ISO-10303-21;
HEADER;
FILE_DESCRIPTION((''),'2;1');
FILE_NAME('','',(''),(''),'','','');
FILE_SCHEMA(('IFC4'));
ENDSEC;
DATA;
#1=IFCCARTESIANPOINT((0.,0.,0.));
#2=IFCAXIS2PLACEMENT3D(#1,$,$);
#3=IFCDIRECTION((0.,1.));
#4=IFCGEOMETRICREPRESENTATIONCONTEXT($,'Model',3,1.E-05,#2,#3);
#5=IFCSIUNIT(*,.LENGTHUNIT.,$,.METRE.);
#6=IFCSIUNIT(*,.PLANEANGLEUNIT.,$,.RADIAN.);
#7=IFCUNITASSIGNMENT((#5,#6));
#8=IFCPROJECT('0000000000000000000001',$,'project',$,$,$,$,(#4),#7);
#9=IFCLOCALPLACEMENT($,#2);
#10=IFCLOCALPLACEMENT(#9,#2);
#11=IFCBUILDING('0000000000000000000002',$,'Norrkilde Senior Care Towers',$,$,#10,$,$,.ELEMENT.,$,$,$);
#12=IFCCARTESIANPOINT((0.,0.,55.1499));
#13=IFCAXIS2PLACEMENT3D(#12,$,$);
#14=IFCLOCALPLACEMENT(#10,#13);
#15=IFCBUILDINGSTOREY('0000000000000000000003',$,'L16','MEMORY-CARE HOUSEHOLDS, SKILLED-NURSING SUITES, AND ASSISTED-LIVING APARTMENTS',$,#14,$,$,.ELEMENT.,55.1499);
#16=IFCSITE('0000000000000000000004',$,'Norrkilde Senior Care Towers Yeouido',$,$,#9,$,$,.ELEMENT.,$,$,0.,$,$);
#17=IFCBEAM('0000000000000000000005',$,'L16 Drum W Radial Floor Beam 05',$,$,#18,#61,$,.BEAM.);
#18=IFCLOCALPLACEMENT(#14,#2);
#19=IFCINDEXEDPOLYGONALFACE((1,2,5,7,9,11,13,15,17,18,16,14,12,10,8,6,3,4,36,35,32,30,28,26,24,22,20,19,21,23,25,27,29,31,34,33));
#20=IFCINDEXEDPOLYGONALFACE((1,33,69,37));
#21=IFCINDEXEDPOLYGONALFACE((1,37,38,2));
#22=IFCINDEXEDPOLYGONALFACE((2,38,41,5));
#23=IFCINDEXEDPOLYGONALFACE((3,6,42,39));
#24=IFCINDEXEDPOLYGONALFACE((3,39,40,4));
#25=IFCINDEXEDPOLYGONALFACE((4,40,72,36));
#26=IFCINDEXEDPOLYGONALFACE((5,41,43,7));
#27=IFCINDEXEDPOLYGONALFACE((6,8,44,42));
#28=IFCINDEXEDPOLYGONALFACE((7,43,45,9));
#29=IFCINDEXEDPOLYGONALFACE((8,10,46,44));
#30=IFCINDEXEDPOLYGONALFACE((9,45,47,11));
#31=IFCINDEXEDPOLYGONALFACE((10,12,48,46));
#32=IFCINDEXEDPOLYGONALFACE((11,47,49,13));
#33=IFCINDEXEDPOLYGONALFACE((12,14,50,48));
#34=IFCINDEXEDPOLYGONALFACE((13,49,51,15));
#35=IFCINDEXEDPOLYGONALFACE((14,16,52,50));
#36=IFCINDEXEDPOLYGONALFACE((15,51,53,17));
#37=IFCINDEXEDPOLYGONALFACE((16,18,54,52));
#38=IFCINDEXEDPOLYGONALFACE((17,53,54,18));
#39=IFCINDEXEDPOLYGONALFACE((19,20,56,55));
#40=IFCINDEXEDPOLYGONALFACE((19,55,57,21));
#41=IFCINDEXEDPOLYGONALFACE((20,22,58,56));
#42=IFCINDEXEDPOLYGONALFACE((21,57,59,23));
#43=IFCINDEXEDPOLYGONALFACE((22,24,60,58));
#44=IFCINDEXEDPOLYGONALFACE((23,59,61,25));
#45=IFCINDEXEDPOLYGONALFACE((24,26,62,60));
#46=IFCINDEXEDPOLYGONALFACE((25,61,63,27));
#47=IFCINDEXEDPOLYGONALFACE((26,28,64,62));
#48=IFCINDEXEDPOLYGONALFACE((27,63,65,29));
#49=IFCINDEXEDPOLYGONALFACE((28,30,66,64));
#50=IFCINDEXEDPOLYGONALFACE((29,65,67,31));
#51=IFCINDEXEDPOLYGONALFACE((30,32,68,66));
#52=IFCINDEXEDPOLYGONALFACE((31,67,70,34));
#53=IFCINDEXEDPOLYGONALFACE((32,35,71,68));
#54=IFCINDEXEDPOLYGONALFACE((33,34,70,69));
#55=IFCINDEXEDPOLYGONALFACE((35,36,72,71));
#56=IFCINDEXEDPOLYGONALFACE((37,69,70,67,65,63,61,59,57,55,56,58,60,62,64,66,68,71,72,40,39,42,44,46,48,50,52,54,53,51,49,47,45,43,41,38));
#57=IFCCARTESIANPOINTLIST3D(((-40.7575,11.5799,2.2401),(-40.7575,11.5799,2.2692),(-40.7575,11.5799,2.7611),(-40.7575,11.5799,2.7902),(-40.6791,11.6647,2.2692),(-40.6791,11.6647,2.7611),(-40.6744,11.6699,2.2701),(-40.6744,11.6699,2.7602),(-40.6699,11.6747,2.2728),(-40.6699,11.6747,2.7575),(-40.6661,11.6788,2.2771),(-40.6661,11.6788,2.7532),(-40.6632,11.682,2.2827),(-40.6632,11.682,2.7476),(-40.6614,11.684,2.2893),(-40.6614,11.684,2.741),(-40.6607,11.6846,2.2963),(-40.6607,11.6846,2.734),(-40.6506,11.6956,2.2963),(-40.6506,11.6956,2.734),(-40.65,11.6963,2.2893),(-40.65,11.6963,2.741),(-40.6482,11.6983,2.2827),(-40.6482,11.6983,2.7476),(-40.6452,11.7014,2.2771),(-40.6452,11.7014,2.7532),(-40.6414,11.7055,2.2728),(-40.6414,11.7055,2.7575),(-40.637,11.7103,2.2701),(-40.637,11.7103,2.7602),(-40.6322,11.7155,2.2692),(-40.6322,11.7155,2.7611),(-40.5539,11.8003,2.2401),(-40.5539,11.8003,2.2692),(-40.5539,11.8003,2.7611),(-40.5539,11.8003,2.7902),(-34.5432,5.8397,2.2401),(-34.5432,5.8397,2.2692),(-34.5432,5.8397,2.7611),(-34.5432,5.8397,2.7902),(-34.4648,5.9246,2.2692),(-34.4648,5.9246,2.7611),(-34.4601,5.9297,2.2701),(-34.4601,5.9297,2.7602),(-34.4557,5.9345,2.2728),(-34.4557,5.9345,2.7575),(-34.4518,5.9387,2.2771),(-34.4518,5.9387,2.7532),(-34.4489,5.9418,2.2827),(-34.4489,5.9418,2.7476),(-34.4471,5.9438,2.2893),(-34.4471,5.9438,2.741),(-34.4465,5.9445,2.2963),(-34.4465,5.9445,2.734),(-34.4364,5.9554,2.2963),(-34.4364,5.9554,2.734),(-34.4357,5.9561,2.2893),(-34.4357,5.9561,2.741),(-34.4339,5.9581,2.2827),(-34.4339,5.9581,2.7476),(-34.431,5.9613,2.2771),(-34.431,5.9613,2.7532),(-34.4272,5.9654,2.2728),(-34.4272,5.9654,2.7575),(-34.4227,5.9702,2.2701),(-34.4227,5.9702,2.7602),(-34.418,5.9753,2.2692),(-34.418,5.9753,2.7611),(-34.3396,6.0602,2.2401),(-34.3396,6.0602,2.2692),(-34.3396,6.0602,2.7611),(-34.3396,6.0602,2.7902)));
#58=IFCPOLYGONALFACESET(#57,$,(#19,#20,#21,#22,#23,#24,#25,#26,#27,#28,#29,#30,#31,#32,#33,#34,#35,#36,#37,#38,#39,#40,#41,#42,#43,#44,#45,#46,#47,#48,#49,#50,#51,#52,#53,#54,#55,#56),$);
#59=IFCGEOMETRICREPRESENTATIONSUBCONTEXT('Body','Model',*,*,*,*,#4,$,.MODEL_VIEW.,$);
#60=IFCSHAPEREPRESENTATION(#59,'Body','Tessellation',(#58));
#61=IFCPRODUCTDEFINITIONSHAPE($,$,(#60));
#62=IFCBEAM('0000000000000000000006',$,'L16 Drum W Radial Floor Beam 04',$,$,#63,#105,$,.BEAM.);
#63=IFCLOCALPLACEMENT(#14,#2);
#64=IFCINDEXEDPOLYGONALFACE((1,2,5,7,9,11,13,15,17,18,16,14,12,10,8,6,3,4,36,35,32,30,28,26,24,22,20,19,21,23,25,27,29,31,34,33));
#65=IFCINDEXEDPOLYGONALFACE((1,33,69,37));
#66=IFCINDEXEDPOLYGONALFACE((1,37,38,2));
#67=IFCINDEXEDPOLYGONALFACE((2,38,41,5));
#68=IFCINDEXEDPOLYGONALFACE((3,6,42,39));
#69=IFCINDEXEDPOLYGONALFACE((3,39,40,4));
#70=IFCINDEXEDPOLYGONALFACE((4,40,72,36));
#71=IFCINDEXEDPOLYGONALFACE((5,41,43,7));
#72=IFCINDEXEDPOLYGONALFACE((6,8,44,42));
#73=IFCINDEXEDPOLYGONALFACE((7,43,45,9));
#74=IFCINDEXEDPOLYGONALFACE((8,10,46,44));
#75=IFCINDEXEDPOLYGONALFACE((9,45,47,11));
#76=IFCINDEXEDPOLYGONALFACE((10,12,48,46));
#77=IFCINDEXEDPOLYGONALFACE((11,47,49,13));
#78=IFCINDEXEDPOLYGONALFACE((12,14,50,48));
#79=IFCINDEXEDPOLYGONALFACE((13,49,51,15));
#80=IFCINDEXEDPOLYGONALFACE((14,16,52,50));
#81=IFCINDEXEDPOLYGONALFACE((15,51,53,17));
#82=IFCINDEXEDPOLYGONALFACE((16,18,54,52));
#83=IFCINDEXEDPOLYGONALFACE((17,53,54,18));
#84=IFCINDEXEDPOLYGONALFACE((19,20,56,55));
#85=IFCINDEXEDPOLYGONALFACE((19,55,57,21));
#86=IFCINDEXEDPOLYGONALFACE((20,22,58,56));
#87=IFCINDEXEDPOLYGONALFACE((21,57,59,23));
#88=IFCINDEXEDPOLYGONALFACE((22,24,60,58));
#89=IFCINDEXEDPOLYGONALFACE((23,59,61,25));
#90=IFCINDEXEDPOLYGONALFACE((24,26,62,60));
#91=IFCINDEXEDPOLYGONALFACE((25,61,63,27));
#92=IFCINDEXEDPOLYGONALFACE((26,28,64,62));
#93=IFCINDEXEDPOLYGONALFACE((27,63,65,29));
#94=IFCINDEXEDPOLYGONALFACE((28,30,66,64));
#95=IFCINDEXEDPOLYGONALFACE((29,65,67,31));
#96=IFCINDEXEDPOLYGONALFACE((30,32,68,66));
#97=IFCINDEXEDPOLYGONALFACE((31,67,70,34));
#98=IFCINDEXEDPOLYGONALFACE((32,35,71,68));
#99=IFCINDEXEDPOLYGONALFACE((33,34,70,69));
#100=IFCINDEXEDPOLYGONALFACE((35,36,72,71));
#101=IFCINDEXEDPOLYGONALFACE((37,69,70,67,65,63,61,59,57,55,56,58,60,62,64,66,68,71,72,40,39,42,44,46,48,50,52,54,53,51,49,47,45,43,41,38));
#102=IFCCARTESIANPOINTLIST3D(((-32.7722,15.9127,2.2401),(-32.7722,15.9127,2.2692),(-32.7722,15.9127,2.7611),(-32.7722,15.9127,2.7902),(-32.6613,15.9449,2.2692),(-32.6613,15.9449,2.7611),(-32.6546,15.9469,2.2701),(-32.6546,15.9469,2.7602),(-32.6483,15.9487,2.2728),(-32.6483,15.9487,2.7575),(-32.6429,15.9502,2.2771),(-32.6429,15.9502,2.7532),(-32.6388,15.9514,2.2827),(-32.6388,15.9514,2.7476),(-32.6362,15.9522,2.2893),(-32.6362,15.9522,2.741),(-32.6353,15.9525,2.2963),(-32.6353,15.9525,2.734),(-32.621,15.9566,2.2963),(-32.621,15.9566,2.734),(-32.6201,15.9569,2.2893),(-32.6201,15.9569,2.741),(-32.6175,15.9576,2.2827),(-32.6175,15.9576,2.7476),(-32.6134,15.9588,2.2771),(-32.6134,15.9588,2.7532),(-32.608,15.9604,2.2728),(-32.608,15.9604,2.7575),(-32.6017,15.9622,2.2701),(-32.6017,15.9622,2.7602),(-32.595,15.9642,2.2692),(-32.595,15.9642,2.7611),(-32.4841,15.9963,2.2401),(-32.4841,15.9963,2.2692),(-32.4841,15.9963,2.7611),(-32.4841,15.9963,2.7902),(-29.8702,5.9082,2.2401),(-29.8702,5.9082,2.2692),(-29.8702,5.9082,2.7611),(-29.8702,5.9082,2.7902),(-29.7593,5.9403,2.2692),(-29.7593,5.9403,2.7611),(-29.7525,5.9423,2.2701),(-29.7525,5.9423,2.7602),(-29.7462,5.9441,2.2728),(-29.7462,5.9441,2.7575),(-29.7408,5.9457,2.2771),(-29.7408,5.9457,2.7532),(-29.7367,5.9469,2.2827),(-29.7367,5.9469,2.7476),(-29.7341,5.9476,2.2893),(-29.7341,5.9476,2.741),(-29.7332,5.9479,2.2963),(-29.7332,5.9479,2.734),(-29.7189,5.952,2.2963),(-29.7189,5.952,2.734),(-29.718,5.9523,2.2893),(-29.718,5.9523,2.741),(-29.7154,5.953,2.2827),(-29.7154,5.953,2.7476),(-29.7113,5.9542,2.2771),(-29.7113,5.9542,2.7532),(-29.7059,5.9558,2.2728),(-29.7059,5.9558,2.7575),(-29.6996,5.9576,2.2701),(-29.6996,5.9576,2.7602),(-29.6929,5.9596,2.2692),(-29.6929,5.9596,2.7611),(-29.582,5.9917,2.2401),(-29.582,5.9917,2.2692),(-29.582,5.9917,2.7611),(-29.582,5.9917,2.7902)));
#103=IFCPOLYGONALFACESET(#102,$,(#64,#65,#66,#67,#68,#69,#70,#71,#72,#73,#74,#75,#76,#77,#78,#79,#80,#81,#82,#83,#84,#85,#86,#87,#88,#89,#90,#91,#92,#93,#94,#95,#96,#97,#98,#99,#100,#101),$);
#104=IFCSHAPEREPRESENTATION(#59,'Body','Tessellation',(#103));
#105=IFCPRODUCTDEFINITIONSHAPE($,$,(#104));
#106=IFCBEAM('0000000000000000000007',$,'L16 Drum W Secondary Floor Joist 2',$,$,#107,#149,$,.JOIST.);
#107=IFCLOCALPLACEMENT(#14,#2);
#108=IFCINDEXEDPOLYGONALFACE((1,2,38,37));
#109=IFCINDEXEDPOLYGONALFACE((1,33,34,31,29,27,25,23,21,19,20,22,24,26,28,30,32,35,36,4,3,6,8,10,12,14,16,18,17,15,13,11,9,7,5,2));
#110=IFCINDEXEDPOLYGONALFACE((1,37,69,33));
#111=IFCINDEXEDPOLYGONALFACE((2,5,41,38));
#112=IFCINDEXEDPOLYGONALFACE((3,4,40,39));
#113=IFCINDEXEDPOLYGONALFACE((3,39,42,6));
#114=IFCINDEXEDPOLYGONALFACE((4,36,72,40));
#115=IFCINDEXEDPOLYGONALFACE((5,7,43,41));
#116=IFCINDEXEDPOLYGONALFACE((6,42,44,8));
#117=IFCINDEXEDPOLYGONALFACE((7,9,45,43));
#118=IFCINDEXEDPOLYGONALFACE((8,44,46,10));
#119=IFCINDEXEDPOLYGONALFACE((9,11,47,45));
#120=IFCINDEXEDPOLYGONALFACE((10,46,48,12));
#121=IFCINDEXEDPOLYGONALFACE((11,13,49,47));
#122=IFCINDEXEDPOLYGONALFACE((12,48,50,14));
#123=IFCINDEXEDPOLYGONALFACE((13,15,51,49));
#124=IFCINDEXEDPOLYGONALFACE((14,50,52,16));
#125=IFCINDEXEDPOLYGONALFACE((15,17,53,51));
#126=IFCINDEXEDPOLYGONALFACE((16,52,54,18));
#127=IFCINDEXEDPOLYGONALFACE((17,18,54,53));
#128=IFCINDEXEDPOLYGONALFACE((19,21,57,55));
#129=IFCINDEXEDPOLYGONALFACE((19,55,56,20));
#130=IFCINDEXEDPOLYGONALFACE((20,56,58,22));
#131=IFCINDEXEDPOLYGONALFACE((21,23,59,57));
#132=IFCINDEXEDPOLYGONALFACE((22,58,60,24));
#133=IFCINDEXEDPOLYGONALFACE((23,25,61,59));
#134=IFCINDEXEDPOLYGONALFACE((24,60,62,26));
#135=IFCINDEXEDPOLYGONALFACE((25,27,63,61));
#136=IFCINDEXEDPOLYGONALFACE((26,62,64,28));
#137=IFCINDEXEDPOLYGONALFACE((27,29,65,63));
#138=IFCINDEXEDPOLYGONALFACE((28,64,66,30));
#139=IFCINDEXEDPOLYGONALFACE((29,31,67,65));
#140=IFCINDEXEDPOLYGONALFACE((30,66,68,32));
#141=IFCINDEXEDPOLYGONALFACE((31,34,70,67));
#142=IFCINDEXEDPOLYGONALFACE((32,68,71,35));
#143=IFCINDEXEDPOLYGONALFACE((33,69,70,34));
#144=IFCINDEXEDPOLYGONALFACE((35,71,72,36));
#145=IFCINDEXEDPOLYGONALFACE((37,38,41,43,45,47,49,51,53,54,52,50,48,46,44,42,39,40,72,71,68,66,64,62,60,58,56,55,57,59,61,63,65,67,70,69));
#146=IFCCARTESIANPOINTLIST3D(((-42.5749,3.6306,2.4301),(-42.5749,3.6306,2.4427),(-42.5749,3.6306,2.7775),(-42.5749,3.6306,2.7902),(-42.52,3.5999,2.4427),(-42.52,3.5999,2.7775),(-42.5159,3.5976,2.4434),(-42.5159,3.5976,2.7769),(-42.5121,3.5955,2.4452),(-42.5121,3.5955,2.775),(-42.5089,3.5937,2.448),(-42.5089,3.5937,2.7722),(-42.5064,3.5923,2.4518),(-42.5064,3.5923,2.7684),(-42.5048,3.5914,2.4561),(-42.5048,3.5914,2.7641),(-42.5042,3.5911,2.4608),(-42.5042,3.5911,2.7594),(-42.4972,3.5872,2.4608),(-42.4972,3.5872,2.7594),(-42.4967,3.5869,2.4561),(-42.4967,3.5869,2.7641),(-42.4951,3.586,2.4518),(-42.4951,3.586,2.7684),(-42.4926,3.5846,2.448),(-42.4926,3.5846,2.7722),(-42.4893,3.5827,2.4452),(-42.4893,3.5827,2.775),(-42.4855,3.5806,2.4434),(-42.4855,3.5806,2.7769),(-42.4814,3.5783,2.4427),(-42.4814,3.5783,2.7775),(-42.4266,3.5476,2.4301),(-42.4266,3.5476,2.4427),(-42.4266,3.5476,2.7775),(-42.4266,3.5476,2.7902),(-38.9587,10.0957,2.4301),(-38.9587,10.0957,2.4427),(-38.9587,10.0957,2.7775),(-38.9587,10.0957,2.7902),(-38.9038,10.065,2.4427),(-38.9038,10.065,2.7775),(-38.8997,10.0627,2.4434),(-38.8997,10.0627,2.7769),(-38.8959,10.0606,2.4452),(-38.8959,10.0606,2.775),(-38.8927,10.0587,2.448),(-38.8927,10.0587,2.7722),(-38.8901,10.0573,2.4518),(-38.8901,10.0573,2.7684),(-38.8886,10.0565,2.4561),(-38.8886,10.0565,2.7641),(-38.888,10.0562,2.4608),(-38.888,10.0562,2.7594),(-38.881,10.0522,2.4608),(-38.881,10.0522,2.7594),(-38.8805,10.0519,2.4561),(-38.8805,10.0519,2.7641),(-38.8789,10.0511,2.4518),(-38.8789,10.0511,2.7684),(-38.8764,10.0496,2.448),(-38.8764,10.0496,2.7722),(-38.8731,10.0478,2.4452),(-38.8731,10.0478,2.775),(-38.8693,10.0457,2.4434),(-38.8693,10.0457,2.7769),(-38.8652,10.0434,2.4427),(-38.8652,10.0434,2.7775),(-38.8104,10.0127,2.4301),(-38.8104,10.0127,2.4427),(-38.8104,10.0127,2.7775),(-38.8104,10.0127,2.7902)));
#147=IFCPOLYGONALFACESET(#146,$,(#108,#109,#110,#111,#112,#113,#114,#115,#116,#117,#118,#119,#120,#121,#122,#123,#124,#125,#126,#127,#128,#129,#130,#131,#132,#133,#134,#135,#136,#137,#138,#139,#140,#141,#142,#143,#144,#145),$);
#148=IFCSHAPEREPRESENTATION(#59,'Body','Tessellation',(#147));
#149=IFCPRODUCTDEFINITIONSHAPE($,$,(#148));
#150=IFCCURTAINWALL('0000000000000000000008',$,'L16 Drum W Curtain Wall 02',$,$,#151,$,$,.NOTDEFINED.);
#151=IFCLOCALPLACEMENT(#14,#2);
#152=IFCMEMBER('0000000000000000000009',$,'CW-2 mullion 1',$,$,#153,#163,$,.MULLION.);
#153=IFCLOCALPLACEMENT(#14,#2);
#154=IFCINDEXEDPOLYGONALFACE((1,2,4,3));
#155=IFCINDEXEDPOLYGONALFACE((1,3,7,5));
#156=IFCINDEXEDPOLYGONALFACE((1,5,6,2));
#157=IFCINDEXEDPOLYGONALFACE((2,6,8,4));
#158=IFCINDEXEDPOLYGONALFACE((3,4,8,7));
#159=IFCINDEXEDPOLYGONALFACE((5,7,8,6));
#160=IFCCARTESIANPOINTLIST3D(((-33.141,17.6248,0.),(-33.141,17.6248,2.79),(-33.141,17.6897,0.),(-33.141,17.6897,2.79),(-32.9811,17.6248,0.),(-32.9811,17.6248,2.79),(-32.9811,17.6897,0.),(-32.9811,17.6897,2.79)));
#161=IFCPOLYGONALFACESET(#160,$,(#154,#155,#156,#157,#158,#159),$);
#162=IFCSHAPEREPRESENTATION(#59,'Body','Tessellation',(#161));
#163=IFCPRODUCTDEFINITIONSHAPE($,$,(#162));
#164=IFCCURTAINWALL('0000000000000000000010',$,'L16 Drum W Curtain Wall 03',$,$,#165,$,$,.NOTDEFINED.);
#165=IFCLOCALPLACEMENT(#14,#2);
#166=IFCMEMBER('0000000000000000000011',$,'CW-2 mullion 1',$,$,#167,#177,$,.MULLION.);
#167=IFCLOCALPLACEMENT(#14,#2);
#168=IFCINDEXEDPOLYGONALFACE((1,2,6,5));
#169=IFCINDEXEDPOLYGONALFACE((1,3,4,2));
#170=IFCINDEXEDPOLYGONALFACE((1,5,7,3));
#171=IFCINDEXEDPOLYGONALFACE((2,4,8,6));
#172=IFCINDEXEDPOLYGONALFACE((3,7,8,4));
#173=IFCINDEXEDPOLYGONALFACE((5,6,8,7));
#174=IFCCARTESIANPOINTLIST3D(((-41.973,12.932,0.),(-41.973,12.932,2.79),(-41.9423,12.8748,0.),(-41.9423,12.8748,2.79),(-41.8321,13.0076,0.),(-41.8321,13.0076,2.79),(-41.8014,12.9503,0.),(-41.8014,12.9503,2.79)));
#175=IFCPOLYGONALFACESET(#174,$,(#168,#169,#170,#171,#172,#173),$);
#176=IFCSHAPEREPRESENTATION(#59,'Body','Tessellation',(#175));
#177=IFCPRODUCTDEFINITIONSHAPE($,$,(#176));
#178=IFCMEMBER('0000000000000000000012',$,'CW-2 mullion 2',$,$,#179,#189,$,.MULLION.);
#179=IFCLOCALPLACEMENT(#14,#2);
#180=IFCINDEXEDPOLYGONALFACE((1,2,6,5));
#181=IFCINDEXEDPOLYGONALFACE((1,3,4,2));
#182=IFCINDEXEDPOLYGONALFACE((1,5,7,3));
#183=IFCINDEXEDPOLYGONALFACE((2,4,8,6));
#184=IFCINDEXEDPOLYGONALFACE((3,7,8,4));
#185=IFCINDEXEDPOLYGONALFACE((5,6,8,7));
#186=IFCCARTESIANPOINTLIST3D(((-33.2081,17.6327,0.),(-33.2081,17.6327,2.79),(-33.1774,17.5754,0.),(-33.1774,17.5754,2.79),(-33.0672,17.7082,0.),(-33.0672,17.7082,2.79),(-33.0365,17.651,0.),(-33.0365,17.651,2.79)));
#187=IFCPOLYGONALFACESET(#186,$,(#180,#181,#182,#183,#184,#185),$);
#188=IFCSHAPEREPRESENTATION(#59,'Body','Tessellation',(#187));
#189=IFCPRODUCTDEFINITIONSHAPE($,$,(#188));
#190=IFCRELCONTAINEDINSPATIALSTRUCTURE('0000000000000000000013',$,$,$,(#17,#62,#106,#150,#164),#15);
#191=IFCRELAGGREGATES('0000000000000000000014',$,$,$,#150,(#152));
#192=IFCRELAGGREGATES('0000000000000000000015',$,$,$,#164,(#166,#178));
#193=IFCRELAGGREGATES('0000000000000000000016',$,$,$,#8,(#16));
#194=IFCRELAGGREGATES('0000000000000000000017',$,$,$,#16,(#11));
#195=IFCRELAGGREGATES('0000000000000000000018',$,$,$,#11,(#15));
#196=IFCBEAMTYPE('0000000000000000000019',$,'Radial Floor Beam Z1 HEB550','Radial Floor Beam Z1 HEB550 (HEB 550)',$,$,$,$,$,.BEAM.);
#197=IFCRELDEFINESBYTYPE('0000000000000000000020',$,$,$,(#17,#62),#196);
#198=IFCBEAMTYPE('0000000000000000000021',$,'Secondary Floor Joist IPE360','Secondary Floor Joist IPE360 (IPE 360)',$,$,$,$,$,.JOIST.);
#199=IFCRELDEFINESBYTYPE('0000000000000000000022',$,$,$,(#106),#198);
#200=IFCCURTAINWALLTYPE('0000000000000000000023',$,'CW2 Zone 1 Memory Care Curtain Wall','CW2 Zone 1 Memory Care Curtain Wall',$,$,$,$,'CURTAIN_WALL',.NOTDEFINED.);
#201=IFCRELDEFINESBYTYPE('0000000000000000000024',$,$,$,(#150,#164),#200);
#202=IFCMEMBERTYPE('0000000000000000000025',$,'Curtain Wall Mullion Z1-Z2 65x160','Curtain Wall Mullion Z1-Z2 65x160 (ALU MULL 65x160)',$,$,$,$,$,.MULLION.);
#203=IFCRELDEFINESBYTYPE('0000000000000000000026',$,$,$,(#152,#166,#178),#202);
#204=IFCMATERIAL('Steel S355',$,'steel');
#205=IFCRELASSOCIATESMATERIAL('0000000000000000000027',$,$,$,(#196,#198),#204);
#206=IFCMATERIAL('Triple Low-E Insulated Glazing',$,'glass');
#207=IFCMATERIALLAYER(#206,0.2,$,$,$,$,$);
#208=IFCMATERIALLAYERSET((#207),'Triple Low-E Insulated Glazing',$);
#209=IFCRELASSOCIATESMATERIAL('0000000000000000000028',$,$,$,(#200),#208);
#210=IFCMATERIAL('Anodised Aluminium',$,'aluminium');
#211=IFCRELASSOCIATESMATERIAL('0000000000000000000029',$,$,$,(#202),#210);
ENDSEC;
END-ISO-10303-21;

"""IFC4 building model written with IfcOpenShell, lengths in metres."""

from ifc_helpers import new_model, si_unit, direction, frame, origin, origin_2d, place, context, subcontext, project, spatial, rectangle, i_section, extrude, source, transform, mapped, material, layer, layer_set, material_profile, profile_set, type_object, type_shapes, element, aggregate, save


model = new_model("IFC4")

# Units and contexts
model_context = context("Model", 3, precision=1e-05, world=origin(), true_north=direction((0.0, 1.0)))
body_context = subcontext(model_context, "Body", "Model", "MODEL_VIEW")
ifc_project = project(units=[si_unit("LENGTHUNIT", "METRE"), si_unit("PLANEANGLEUNIT", "RADIAN")], contexts=[model_context])

# Site, building, storey
site_placement = place(None, origin())
site = spatial("IfcSite", under=ifc_project, at=site_placement, Name="Norrkilde Senior Care Towers Yeouido", CompositionType="ELEMENT", RefElevation=0.0)
building_placement = place(site_placement, origin())
building = spatial("IfcBuilding", under=site, at=building_placement, Name="Norrkilde Senior Care Towers", CompositionType="ELEMENT")
storey_placement = place(building_placement, frame((0.0, 0.0, 55.1499)))
storey = spatial("IfcBuildingStorey", under=building, at=storey_placement, Name="L16", Description="MEMORY-CARE HOUSEHOLDS, SKILLED-NURSING SUITES, AND ASSISTED-LIVING APARTMENTS", CompositionType="ELEMENT", Elevation=55.1499)

# Beams
ifc_material_1 = material(Name="Steel S355", Category="steel")
ifc_material_profile_1 = material_profile(ifc_material_1, i_section(OverallWidth=0.3, OverallDepth=0.55, WebThickness=0.0149, FlangeThickness=0.0291, FilletRadius=0.0271, at=origin_2d()), Name="HEB 550")
ifc_profile_set_1 = profile_set([ifc_material_profile_1], Name="Steel S355")
beam_type_1 = type_object("IfcBeamType", Name="Radial Floor Beam Z1 HEB550", Description="Radial Floor Beam Z1 HEB550 (HEB 550)", PredefinedType="BEAM", material=ifc_profile_set_1)
shared_shape_1 = source(origin(), body_context, "Body", "SweptSolid", [
    extrude(i_section(OverallWidth=0.3, OverallDepth=0.55, WebThickness=0.0149, FlangeThickness=0.0291, FilletRadius=0.0271, at=origin_2d()), origin(), (0.0, 0.0, 1.0), 8.4597),
])
beam_1_placement = place(storey_placement, frame((-34.4414, 5.95, 2.5151), z_axis=(-0.734573, 0.678529, 0.0), x_axis=(-0.678529, -0.734573, 0.0)))
element("IfcBeam", 1, at=beam_1_placement, inside=storey, type_object=beam_type_1, Name="L16 Drum W Radial Floor Beam 05", PredefinedType="BEAM", context=body_context, shape_type="MappedRepresentation", body=[
    mapped(shared_shape_1, transform((0.0, 0.0, 0.0), x_axis=(1.0, 0.0, 0.0), y_axis=(0.0, 1.0, 0.0), z_axis=(0.0, 0.0, 1.0), scale=1.0)),
])
shared_shape_2 = source(origin(), body_context, "Body", "SweptSolid", [
    extrude(i_section(OverallWidth=0.3, OverallDepth=0.55, WebThickness=0.0149, FlangeThickness=0.0291, FilletRadius=0.0271, at=origin_2d()), origin(), (0.0, 0.0, 1.0), 10.417),
])
type_shapes(beam_type_1, [shared_shape_1, shared_shape_2])
beam_2_placement = place(storey_placement, frame((-29.7261, 5.95, 2.5151), z_axis=(-0.278591, 0.96041, 0.0), x_axis=(-0.96041, -0.278591, 0.0)))
element("IfcBeam", 2, at=beam_2_placement, inside=storey, type_object=beam_type_1, Name="L16 Drum W Radial Floor Beam 04", PredefinedType="BEAM", context=body_context, shape_type="MappedRepresentation", body=[
    mapped(shared_shape_2, transform((0.0, 0.0, 0.0), x_axis=(1.0, 0.0, 0.0), y_axis=(0.0, 1.0, 0.0), z_axis=(0.0, 0.0, 1.0), scale=1.0)),
])
ifc_material_profile_2 = material_profile(ifc_material_1, i_section(OverallWidth=0.1699, OverallDepth=0.3601, WebThickness=0.0081, FlangeThickness=0.0127, FilletRadius=0.0181, at=origin_2d()), Name="IPE 360")
ifc_profile_set_2 = profile_set([ifc_material_profile_2], Name="Steel S355")
beam_type_2 = type_object("IfcBeamType", Name="Secondary Floor Joist IPE360", Description="Secondary Floor Joist IPE360 (IPE 360)", PredefinedType="JOIST", material=ifc_profile_set_2)
shared_shape_3 = source(origin(), body_context, "Body", "SweptSolid", [
    extrude(i_section(OverallWidth=0.1699, OverallDepth=0.3601, WebThickness=0.0081, FlangeThickness=0.0127, FilletRadius=0.0181, at=origin_2d()), origin(), (0.0, 0.0, 1.0), 7.4077),
])
type_shapes(beam_type_2, [shared_shape_3])
beam_3_placement = place(storey_placement, frame((-38.8845, 10.0542, 2.6101), z_axis=(-0.488168, -0.87275, 0.0), x_axis=(0.87275, -0.488168, 0.0)))
element("IfcBeam", 3, at=beam_3_placement, inside=storey, type_object=beam_type_2, Name="L16 Drum W Secondary Floor Joist 2", PredefinedType="JOIST", context=body_context, shape_type="MappedRepresentation", body=[
    mapped(shared_shape_3, transform((0.0, 0.0, 0.0), x_axis=(1.0, 0.0, 0.0), y_axis=(0.0, 1.0, 0.0), z_axis=(0.0, 0.0, 1.0), scale=1.0)),
])

# Curtain wall, member
ifc_material_2 = material(Name="Triple Low-E Insulated Glazing", Category="glass")
ifc_layer_1 = layer(ifc_material_2, 0.2)
ifc_layer_set_1 = layer_set([ifc_layer_1], Name="Triple Low-E Insulated Glazing")
curtain_wall_type = type_object("IfcCurtainWallType", Name="CW2 Zone 1 Memory Care Curtain Wall", Description="CW2 Zone 1 Memory Care Curtain Wall", ElementType="CURTAIN_WALL", PredefinedType="NOTDEFINED", material=ifc_layer_set_1)
curtain_wall_1_placement = place(storey_placement, origin())
curtain_wall_1 = element("IfcCurtainWall", 4, at=curtain_wall_1_placement, inside=storey, type_object=curtain_wall_type, Name="L16 Drum W Curtain Wall 02", PredefinedType="NOTDEFINED")
ifc_material_3 = material(Name="Anodised Aluminium", Category="aluminium")
ifc_material_profile_3 = material_profile(ifc_material_3, rectangle(XDim=0.0649, YDim=0.1599, at=origin_2d()), Name="ALU MULL 65x160")
ifc_profile_set_3 = profile_set([ifc_material_profile_3], Name="Anodised Aluminium")
member_type_1 = type_object("IfcMemberType", Name="Curtain Wall Mullion Z1-Z2 65x160", Description="Curtain Wall Mullion Z1-Z2 65x160 (ALU MULL 65x160)", PredefinedType="MULLION", material=ifc_profile_set_3)
shared_shape_4 = source(origin(), body_context, "Body", "SweptSolid", [
    extrude(rectangle(XDim=0.0649, YDim=0.1599, at=origin_2d()), origin(), (0.0, 0.0, 1.0), 2.79),
])
type_shapes(member_type_1, [shared_shape_4])
member_1_placement = place(storey_placement, frame((-33.061, 17.6572, 0.0), z_axis=(0.0, 0.0, 1.0), x_axis=(0.0, 1.0, 0.0)))
member_1 = element("IfcMember", 5, at=member_1_placement, type_object=member_type_1, Name="CW-2 mullion 1", PredefinedType="MULLION", context=body_context, shape_type="MappedRepresentation", body=[
    mapped(shared_shape_4, transform((0.0, 0.0, 0.0), x_axis=(1.0, 0.0, 0.0), y_axis=(0.0, 1.0, 0.0), z_axis=(0.0, 0.0, 1.0), scale=1.0)),
])

# Curtain wall, members
curtain_wall_2_placement = place(storey_placement, origin())
curtain_wall_2 = element("IfcCurtainWall", 6, at=curtain_wall_2_placement, inside=storey, type_object=curtain_wall_type, Name="L16 Drum W Curtain Wall 03", PredefinedType="NOTDEFINED")
member_2_placement = place(storey_placement, frame((-41.8872, 12.9412, 0.0), z_axis=(0.0, 0.0, 1.0), x_axis=(-0.472608, 0.881273, 0.0)))
member_2 = element("IfcMember", 7, at=member_2_placement, type_object=member_type_1, Name="CW-2 mullion 1", PredefinedType="MULLION", context=body_context, shape_type="MappedRepresentation", body=[
    mapped(shared_shape_4, transform((0.0, 0.0, 0.0), x_axis=(1.0, 0.0, 0.0), y_axis=(0.0, 1.0, 0.0), z_axis=(0.0, 0.0, 1.0), scale=1.0)),
])
member_3_placement = place(storey_placement, frame((-33.1223, 17.6418, 0.0), z_axis=(0.0, 0.0, 1.0), x_axis=(-0.472608, 0.881273, 0.0)))
member_3 = element("IfcMember", 8, at=member_3_placement, type_object=member_type_1, Name="CW-2 mullion 2", PredefinedType="MULLION", context=body_context, shape_type="MappedRepresentation", body=[
    mapped(shared_shape_4, transform((0.0, 0.0, 0.0), x_axis=(1.0, 0.0, 0.0), y_axis=(0.0, 1.0, 0.0), z_axis=(0.0, 0.0, 1.0), scale=1.0)),
])

aggregate(curtain_wall_1, [member_1])

aggregate(curtain_wall_2, [member_2, member_3])

save(model, "model.ifc")
